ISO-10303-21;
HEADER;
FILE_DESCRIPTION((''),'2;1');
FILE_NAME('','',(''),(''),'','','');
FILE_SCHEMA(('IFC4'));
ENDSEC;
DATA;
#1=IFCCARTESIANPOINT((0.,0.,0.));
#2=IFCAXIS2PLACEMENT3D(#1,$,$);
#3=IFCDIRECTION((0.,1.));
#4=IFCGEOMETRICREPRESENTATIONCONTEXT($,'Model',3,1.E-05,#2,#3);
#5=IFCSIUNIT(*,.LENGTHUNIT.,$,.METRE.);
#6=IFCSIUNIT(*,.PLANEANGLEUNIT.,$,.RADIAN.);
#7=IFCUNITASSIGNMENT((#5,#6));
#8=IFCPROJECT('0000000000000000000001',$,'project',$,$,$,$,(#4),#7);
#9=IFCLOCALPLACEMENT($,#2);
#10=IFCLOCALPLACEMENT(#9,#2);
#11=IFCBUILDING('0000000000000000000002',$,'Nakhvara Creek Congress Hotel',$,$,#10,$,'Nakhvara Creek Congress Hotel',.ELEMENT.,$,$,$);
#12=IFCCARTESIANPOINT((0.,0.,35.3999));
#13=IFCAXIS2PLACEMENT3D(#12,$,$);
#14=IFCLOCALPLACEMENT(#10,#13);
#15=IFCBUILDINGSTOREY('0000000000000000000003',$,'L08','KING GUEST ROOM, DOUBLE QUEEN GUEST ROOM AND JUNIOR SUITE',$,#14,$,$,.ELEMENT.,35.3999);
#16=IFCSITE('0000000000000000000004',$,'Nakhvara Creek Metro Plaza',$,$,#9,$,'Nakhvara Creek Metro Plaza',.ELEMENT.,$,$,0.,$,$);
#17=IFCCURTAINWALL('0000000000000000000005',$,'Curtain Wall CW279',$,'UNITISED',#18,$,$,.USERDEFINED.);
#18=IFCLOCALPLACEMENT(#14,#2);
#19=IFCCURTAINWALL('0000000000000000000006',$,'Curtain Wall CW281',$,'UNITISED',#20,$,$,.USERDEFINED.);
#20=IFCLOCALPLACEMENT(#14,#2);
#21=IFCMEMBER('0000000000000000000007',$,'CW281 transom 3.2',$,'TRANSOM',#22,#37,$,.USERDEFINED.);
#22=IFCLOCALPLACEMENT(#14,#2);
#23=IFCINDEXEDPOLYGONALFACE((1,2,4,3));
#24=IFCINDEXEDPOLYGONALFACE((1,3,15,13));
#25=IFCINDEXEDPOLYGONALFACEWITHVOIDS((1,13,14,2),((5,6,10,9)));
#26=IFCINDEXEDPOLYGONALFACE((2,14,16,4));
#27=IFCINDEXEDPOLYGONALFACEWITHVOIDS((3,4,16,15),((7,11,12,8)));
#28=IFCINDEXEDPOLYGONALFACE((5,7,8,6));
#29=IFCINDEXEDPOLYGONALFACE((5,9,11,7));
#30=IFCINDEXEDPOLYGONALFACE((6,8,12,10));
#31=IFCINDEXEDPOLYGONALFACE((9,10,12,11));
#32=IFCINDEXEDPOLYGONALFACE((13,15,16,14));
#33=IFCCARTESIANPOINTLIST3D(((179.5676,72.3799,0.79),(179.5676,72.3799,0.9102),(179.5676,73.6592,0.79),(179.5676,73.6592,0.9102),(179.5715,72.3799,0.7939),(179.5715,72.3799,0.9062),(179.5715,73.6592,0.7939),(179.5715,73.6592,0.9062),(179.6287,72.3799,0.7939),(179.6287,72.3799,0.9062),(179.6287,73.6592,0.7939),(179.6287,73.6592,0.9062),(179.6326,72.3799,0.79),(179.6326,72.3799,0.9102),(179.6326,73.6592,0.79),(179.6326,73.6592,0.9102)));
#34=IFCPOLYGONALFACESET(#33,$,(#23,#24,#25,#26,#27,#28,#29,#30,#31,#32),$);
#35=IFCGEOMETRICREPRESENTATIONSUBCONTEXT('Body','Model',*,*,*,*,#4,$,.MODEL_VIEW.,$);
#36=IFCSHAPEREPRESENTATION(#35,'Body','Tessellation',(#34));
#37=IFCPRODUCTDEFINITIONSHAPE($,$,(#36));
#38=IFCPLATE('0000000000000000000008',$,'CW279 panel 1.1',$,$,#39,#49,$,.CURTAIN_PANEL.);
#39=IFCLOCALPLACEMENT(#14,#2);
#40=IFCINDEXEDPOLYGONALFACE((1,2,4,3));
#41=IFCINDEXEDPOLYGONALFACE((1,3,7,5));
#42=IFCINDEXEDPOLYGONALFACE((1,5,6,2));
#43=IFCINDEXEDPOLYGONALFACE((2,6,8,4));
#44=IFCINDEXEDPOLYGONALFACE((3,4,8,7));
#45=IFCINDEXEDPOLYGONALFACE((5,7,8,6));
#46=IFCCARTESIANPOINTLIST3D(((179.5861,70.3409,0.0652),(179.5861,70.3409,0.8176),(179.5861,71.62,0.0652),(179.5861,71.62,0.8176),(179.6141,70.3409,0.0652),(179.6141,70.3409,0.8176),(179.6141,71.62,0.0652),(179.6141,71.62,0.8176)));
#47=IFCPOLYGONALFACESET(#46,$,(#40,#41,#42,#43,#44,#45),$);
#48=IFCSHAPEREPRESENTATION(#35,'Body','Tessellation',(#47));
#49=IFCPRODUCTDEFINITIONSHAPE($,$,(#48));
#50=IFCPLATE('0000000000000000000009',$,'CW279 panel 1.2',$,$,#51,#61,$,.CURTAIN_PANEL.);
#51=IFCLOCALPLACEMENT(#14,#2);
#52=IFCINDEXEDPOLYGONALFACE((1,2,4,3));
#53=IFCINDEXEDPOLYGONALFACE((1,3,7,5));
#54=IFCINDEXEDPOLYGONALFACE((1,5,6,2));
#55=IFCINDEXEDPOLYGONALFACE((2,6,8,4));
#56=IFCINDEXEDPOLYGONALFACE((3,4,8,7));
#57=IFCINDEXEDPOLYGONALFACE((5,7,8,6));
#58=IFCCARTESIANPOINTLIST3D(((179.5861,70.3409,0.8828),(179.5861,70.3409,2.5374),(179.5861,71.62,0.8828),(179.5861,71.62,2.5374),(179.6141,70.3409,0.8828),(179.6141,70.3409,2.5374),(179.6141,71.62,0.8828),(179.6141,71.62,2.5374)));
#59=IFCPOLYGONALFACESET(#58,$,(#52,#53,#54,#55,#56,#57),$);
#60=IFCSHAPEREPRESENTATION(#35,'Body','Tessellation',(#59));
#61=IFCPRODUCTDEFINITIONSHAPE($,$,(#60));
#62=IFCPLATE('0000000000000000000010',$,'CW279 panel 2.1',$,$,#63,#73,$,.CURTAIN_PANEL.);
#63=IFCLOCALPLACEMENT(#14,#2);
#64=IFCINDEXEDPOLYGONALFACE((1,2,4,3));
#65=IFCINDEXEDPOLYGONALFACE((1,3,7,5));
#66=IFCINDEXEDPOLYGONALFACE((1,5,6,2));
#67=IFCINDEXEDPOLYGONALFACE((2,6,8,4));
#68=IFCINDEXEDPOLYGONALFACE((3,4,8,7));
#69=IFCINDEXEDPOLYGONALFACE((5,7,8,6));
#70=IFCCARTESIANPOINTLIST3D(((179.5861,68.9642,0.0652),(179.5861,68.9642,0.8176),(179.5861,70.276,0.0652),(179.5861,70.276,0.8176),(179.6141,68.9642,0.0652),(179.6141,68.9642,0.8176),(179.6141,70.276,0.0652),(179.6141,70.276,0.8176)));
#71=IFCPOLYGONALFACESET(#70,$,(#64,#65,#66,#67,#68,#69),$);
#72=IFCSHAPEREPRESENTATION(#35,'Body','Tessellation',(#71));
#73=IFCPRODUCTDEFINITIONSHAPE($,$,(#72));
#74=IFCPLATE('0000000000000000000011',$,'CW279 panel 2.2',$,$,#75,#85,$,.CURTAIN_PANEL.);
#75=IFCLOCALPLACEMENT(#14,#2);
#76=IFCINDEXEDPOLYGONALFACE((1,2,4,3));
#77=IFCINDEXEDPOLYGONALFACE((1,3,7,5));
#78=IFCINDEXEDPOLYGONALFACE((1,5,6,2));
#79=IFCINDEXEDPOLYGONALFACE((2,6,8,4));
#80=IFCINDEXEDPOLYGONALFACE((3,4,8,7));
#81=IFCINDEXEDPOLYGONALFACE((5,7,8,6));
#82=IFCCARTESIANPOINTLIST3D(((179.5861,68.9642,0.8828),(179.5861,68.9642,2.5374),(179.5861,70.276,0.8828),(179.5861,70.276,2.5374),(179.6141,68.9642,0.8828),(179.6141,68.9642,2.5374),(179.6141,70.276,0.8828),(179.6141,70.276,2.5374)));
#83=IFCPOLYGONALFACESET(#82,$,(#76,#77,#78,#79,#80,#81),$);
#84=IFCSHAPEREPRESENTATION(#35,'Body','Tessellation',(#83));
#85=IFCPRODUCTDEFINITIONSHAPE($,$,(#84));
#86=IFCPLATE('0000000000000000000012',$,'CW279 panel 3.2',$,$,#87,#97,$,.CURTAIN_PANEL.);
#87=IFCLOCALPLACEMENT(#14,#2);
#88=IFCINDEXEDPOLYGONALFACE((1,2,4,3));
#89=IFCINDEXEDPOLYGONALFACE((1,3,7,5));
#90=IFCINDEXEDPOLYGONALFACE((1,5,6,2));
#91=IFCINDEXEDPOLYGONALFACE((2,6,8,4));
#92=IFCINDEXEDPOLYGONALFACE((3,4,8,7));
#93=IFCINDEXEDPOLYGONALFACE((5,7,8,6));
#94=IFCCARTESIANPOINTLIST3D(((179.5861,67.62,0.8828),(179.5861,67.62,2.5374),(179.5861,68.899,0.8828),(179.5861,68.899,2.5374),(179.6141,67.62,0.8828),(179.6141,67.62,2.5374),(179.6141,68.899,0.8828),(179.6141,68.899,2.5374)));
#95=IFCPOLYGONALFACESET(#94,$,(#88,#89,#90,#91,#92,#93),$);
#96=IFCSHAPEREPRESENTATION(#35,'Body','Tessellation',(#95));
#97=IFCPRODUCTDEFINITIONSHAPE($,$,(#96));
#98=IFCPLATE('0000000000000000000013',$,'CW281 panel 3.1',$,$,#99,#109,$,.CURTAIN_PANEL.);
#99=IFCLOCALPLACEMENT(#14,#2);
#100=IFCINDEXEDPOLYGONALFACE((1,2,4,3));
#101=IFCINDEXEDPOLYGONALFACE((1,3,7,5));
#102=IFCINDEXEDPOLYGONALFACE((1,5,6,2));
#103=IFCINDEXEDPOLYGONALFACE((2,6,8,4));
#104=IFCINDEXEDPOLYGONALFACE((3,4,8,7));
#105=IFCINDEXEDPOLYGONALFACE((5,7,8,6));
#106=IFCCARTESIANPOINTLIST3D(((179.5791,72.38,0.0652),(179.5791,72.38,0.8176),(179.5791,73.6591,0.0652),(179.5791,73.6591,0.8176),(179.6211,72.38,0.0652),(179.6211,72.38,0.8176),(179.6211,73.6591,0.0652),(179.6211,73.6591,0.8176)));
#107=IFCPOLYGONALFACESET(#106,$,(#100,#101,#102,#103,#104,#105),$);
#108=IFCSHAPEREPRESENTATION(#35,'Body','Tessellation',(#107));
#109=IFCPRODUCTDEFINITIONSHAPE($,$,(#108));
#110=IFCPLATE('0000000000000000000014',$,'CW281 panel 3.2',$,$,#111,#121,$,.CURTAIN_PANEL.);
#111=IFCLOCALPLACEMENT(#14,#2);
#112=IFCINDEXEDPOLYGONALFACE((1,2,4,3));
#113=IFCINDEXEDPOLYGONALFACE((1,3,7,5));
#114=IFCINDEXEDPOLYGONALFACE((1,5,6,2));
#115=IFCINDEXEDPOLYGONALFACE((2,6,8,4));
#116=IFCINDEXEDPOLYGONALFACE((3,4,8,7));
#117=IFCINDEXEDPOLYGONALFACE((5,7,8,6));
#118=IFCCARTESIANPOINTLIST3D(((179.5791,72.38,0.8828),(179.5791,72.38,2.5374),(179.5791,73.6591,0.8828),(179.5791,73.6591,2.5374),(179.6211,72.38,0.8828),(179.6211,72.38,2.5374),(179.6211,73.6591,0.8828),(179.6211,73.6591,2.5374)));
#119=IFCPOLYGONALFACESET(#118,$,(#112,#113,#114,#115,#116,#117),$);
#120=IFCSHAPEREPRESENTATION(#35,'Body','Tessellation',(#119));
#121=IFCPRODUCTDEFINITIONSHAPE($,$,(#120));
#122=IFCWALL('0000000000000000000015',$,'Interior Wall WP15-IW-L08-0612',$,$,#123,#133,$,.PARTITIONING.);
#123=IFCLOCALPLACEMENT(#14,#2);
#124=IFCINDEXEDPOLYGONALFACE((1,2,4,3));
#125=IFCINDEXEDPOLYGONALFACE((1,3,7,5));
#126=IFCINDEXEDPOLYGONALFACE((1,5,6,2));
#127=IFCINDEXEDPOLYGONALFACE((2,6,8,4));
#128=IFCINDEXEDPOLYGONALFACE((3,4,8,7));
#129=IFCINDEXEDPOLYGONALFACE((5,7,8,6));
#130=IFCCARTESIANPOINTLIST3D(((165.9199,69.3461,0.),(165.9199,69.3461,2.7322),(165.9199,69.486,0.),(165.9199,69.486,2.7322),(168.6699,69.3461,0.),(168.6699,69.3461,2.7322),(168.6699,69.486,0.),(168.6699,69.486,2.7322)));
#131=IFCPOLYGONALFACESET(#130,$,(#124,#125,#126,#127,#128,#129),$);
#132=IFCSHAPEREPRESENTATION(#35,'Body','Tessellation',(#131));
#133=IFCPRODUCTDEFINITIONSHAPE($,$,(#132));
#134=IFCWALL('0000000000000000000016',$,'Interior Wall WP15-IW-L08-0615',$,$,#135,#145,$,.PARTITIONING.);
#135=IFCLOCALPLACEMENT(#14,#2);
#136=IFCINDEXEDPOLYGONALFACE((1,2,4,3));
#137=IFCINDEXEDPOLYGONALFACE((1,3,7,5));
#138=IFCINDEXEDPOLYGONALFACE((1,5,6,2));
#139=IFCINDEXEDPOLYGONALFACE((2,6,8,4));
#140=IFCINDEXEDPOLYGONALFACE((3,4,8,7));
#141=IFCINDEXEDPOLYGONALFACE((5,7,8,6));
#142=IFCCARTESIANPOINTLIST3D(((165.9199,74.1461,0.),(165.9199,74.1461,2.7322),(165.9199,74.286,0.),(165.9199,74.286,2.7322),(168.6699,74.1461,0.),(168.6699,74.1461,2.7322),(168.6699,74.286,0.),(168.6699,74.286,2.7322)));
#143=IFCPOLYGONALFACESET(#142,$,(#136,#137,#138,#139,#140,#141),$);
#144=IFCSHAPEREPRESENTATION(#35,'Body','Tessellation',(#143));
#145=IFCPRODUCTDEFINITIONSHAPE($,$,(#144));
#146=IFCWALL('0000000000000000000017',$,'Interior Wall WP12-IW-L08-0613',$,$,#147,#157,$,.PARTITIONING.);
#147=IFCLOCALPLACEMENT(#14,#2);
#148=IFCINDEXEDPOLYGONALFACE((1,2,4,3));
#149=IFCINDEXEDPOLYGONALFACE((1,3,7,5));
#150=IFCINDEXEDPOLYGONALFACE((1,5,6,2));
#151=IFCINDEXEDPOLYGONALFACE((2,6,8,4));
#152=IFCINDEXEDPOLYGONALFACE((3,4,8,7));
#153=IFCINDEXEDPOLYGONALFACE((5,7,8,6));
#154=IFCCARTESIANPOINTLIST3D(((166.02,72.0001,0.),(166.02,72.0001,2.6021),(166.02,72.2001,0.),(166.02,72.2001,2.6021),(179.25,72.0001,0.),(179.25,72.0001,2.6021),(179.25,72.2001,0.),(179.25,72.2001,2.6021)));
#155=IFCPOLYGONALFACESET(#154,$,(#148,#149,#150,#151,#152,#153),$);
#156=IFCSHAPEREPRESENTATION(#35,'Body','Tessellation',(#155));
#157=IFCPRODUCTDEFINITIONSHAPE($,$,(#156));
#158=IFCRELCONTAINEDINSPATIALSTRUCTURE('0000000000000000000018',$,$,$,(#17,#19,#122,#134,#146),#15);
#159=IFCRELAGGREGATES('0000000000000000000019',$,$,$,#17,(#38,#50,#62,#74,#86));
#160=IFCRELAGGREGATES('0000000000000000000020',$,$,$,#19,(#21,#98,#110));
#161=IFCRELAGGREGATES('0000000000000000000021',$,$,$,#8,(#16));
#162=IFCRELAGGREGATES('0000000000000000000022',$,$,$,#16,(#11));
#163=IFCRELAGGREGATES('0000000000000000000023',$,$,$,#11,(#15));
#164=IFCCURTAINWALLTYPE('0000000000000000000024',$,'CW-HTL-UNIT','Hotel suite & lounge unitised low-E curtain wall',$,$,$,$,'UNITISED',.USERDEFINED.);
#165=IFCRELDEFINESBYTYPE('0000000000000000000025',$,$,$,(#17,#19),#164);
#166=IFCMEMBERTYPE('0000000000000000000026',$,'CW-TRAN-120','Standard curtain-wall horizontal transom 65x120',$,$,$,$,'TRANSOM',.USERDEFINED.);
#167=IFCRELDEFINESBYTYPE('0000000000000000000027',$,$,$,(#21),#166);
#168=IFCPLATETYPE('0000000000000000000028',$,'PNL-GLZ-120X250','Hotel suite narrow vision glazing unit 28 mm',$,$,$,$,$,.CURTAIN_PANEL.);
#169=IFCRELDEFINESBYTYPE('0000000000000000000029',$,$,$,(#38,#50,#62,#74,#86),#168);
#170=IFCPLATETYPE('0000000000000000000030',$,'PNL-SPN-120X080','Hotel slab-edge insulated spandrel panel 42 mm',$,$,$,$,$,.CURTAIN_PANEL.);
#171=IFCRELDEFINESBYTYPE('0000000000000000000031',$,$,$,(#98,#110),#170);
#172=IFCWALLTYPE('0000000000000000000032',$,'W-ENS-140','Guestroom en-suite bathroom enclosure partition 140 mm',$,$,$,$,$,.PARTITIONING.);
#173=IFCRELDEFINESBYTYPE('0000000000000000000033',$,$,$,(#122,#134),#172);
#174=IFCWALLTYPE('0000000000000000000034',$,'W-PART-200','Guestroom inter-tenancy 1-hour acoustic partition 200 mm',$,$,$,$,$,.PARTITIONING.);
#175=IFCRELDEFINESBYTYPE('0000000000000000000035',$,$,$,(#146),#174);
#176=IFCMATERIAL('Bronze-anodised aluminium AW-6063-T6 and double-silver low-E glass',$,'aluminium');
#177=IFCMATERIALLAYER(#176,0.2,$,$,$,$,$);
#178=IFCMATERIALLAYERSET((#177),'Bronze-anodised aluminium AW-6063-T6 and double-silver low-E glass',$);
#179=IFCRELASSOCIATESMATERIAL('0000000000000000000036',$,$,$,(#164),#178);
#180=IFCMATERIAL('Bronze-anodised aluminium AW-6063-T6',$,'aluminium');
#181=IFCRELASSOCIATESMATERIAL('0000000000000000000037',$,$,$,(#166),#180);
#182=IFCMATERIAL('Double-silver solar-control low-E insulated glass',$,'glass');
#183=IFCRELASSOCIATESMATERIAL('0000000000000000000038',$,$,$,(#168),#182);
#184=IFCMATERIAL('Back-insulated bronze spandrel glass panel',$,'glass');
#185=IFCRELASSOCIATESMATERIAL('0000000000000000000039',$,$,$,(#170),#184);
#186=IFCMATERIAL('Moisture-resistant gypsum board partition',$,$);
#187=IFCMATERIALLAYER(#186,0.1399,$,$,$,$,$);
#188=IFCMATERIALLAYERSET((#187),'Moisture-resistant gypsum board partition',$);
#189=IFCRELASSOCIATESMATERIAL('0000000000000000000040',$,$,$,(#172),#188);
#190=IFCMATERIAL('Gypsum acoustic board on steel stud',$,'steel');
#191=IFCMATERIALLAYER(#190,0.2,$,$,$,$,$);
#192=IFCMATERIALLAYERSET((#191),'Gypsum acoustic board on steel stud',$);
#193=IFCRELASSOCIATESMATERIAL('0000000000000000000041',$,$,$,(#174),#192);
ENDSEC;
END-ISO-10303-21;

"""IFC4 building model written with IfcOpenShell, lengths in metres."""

from ifc_helpers import new_model, si_unit, direction, frame, frame_2d, origin, origin_2d, place, context, subcontext, project, spatial, rectangle, hollow_rectangle, extrude, material, layer, layer_set, material_profile, profile_set, type_object, element, aggregate, save


model = new_model("IFC4")

# Units and contexts
model_context = context("Model", 3, precision=1e-05, world=origin(), true_north=direction((0.0, 1.0)))
body_context = subcontext(model_context, "Body", "Model", "MODEL_VIEW")
ifc_project = project(units=[si_unit("LENGTHUNIT", "METRE"), si_unit("PLANEANGLEUNIT", "RADIAN")], contexts=[model_context])

# Site, building, storey
site_placement = place(None, origin())
site = spatial("IfcSite", under=ifc_project, at=site_placement, Name="Nakhvara Creek Metro Plaza", LongName="Nakhvara Creek Metro Plaza", CompositionType="ELEMENT", RefElevation=0.0)
building_placement = place(site_placement, origin())
building = spatial("IfcBuilding", under=site, at=building_placement, Name="Nakhvara Creek Congress Hotel", LongName="Nakhvara Creek Congress Hotel", CompositionType="ELEMENT")
storey_placement = place(building_placement, frame((0.0, 0.0, 35.3999)))
storey = spatial("IfcBuildingStorey", under=building, at=storey_placement, Name="L08", Description="KING GUEST ROOM, DOUBLE QUEEN GUEST ROOM AND JUNIOR SUITE", CompositionType="ELEMENT", Elevation=35.3999)

# Curtain wall
ifc_material_1 = material(Name="Bronze-anodised aluminium AW-6063-T6 and double-silver low-E glass", Category="aluminium")
ifc_layer_1 = layer(ifc_material_1, 0.2)
ifc_layer_set_1 = layer_set([ifc_layer_1], Name="Bronze-anodised aluminium AW-6063-T6 and double-silver low-E glass")
curtain_wall_type = type_object("IfcCurtainWallType", Name="CW-HTL-UNIT", Description="Hotel suite & lounge unitised low-E curtain wall", ElementType="UNITISED", PredefinedType="USERDEFINED", material=ifc_layer_set_1)
curtain_wall_1_placement = place(storey_placement, origin())
curtain_wall_1 = element("IfcCurtainWall", 1, at=curtain_wall_1_placement, inside=storey, type_object=curtain_wall_type, Name="Curtain Wall CW279", ObjectType="UNITISED", PredefinedType="USERDEFINED")
ifc_material_2 = material(Name="Bronze-anodised aluminium AW-6063-T6", Category="aluminium")

# Curtain wall
curtain_wall_2_placement = place(storey_placement, origin())
curtain_wall_2 = element("IfcCurtainWall", 2, at=curtain_wall_2_placement, inside=storey, type_object=curtain_wall_type, Name="Curtain Wall CW281", ObjectType="UNITISED", PredefinedType="USERDEFINED")

# Member
ifc_material_profile_1 = material_profile(ifc_material_2, hollow_rectangle(XDim=0.0649, YDim=0.1201, WallThickness=0.0039, at=origin_2d()), Name="ALU-TRAN 65x120x4", Category="LoadBearing")
ifc_profile_set_1 = profile_set([ifc_material_profile_1], Name="Bronze-anodised aluminium AW-6063-T6")
member_type_1 = type_object("IfcMemberType", Name="CW-TRAN-120", Description="Standard curtain-wall horizontal transom 65x120", ElementType="TRANSOM", PredefinedType="USERDEFINED", material=ifc_profile_set_1)
member_1_placement = place(storey_placement, frame((179.6001, 73.6592, 0.8501), z_axis=(0.0, -1.0, 0.0), x_axis=(1.0, 0.0, 0.0)))
member_1 = element("IfcMember", 3, at=member_1_placement, type_object=member_type_1, Name="CW281 transom 3.2", ObjectType="TRANSOM", PredefinedType="USERDEFINED", context=body_context, shape_type="SweptSolid", body=[
    extrude(hollow_rectangle(XDim=0.0649, YDim=0.1201, WallThickness=0.0039, at=origin_2d()), origin(), (0.0, 0.0, 1.0), 1.2793),
])

# Plates
ifc_material_3 = material(Name="Double-silver solar-control low-E insulated glass", Category="glass")
plate_type_1 = type_object("IfcPlateType", Name="PNL-GLZ-120X250", Description="Hotel suite narrow vision glazing unit 28 mm", PredefinedType="CURTAIN_PANEL", material=ifc_material_3)
plate_1_placement = place(storey_placement, frame((179.6001, 70.9805, 0.0652), z_axis=(0.0, 0.0, 1.0), x_axis=(0.0, -1.0, 0.0)))
plate_1 = element("IfcPlate", 4, at=plate_1_placement, type_object=plate_type_1, Name="CW279 panel 1.1", PredefinedType="CURTAIN_PANEL", context=body_context, shape_type="SweptSolid", body=[
    extrude(rectangle(XDim=1.2791, YDim=0.0281, at=origin_2d()), origin(), (0.0, 0.0, 1.0), 0.7524),
])
plate_2_placement = place(storey_placement, frame((179.6001, 70.9805, 0.8828), z_axis=(0.0, 0.0, 1.0), x_axis=(0.0, -1.0, 0.0)))
plate_2 = element("IfcPlate", 5, at=plate_2_placement, type_object=plate_type_1, Name="CW279 panel 1.2", PredefinedType="CURTAIN_PANEL", context=body_context, shape_type="SweptSolid", body=[
    extrude(rectangle(XDim=1.2791, YDim=0.0281, at=origin_2d()), origin(), (0.0, 0.0, 1.0), 1.6545),
])
plate_3_placement = place(storey_placement, frame((179.6001, 69.6201, 0.0652), z_axis=(0.0, 0.0, 1.0), x_axis=(0.0, -1.0, 0.0)))
plate_3 = element("IfcPlate", 6, at=plate_3_placement, type_object=plate_type_1, Name="CW279 panel 2.1", PredefinedType="CURTAIN_PANEL", context=body_context, shape_type="SweptSolid", body=[
    extrude(rectangle(XDim=1.3118, YDim=0.0281, at=origin_2d()), origin(), (0.0, 0.0, 1.0), 0.7524),
])
plate_4_placement = place(storey_placement, frame((179.6001, 69.6201, 0.8828), z_axis=(0.0, 0.0, 1.0), x_axis=(0.0, -1.0, 0.0)))
plate_4 = element("IfcPlate", 7, at=plate_4_placement, type_object=plate_type_1, Name="CW279 panel 2.2", PredefinedType="CURTAIN_PANEL", context=body_context, shape_type="SweptSolid", body=[
    extrude(rectangle(XDim=1.3118, YDim=0.0281, at=origin_2d()), origin(), (0.0, 0.0, 1.0), 1.6545),
])
plate_5_placement = place(storey_placement, frame((179.6001, 68.2595, 0.8828), z_axis=(0.0, 0.0, 1.0), x_axis=(0.0, -1.0, 0.0)))
plate_5 = element("IfcPlate", 8, at=plate_5_placement, type_object=plate_type_1, Name="CW279 panel 3.2", PredefinedType="CURTAIN_PANEL", context=body_context, shape_type="SweptSolid", body=[
    extrude(rectangle(XDim=1.2791, YDim=0.0281, at=origin_2d()), origin(), (0.0, 0.0, 1.0), 1.6545),
])
aggregate(curtain_wall_1, [plate_1, plate_2, plate_3, plate_4, plate_5])
ifc_material_4 = material(Name="Back-insulated bronze spandrel glass panel", Category="glass")
plate_type_2 = type_object("IfcPlateType", Name="PNL-SPN-120X080", Description="Hotel slab-edge insulated spandrel panel 42 mm", PredefinedType="CURTAIN_PANEL", material=ifc_material_4)
plate_6_placement = place(storey_placement, frame((179.6001, 73.0195, 0.0652), z_axis=(0.0, 0.0, 1.0), x_axis=(0.0, -1.0, 0.0)))
plate_6 = element("IfcPlate", 9, at=plate_6_placement, type_object=plate_type_2, Name="CW281 panel 3.1", PredefinedType="CURTAIN_PANEL", context=body_context, shape_type="SweptSolid", body=[
    extrude(rectangle(XDim=1.2791, YDim=0.042, at=origin_2d()), origin(), (0.0, 0.0, 1.0), 0.7524),
])
plate_7_placement = place(storey_placement, frame((179.6001, 73.0195, 0.8828), z_axis=(0.0, 0.0, 1.0), x_axis=(0.0, -1.0, 0.0)))
plate_7 = element("IfcPlate", 10, at=plate_7_placement, type_object=plate_type_2, Name="CW281 panel 3.2", PredefinedType="CURTAIN_PANEL", context=body_context, shape_type="SweptSolid", body=[
    extrude(rectangle(XDim=1.2791, YDim=0.042, at=origin_2d()), origin(), (0.0, 0.0, 1.0), 1.6545),
])
aggregate(curtain_wall_2, [member_1, plate_6, plate_7])

# Wall
ifc_material_5 = material(Name="Moisture-resistant gypsum board partition")
ifc_layer_2 = layer(ifc_material_5, 0.1399)
ifc_layer_set_2 = layer_set([ifc_layer_2], Name="Moisture-resistant gypsum board partition")
wall_type_1 = type_object("IfcWallType", Name="W-ENS-140", Description="Guestroom en-suite bathroom enclosure partition 140 mm", PredefinedType="PARTITIONING", material=ifc_layer_set_2)
wall_1_placement = place(storey_placement, frame((165.9199, 69.416, 0.0), z_axis=(0.0, 0.0, 1.0), x_axis=(1.0, 0.0, 0.0)))
element("IfcWall", 11, at=wall_1_placement, inside=storey, type_object=wall_type_1, Name="Interior Wall WP15-IW-L08-0612", PredefinedType="PARTITIONING", context=body_context, shape_type="SweptSolid", body=[
    extrude(rectangle(XDim=2.75, YDim=0.1399, at=frame_2d((1.375, 0.0))), origin(), (0.0, 0.0, 1.0), 2.7322),
])

# Walls
wall_2_placement = place(storey_placement, frame((165.9199, 74.2161, 0.0), z_axis=(0.0, 0.0, 1.0), x_axis=(1.0, 0.0, 0.0)))
element("IfcWall", 12, at=wall_2_placement, inside=storey, type_object=wall_type_1, Name="Interior Wall WP15-IW-L08-0615", PredefinedType="PARTITIONING", context=body_context, shape_type="SweptSolid", body=[
    extrude(rectangle(XDim=2.75, YDim=0.1399, at=frame_2d((1.375, 0.0))), origin(), (0.0, 0.0, 1.0), 2.7322),
])
ifc_material_6 = material(Name="Gypsum acoustic board on steel stud", Category="steel")
ifc_layer_3 = layer(ifc_material_6, 0.2)
ifc_layer_set_3 = layer_set([ifc_layer_3], Name="Gypsum acoustic board on steel stud")
wall_type_2 = type_object("IfcWallType", Name="W-PART-200", Description="Guestroom inter-tenancy 1-hour acoustic partition 200 mm", PredefinedType="PARTITIONING", material=ifc_layer_set_3)
wall_3_placement = place(storey_placement, frame((166.02, 72.1001, 0.0), z_axis=(0.0, 0.0, 1.0), x_axis=(1.0, 0.0, 0.0)))
element("IfcWall", 13, at=wall_3_placement, inside=storey, type_object=wall_type_2, Name="Interior Wall WP12-IW-L08-0613", PredefinedType="PARTITIONING", context=body_context, shape_type="SweptSolid", body=[
    extrude(rectangle(XDim=13.23, YDim=0.2, at=frame_2d((6.615, 0.0))), origin(), (0.0, 0.0, 1.0), 2.6021),
])

save(model, "model.ifc")
